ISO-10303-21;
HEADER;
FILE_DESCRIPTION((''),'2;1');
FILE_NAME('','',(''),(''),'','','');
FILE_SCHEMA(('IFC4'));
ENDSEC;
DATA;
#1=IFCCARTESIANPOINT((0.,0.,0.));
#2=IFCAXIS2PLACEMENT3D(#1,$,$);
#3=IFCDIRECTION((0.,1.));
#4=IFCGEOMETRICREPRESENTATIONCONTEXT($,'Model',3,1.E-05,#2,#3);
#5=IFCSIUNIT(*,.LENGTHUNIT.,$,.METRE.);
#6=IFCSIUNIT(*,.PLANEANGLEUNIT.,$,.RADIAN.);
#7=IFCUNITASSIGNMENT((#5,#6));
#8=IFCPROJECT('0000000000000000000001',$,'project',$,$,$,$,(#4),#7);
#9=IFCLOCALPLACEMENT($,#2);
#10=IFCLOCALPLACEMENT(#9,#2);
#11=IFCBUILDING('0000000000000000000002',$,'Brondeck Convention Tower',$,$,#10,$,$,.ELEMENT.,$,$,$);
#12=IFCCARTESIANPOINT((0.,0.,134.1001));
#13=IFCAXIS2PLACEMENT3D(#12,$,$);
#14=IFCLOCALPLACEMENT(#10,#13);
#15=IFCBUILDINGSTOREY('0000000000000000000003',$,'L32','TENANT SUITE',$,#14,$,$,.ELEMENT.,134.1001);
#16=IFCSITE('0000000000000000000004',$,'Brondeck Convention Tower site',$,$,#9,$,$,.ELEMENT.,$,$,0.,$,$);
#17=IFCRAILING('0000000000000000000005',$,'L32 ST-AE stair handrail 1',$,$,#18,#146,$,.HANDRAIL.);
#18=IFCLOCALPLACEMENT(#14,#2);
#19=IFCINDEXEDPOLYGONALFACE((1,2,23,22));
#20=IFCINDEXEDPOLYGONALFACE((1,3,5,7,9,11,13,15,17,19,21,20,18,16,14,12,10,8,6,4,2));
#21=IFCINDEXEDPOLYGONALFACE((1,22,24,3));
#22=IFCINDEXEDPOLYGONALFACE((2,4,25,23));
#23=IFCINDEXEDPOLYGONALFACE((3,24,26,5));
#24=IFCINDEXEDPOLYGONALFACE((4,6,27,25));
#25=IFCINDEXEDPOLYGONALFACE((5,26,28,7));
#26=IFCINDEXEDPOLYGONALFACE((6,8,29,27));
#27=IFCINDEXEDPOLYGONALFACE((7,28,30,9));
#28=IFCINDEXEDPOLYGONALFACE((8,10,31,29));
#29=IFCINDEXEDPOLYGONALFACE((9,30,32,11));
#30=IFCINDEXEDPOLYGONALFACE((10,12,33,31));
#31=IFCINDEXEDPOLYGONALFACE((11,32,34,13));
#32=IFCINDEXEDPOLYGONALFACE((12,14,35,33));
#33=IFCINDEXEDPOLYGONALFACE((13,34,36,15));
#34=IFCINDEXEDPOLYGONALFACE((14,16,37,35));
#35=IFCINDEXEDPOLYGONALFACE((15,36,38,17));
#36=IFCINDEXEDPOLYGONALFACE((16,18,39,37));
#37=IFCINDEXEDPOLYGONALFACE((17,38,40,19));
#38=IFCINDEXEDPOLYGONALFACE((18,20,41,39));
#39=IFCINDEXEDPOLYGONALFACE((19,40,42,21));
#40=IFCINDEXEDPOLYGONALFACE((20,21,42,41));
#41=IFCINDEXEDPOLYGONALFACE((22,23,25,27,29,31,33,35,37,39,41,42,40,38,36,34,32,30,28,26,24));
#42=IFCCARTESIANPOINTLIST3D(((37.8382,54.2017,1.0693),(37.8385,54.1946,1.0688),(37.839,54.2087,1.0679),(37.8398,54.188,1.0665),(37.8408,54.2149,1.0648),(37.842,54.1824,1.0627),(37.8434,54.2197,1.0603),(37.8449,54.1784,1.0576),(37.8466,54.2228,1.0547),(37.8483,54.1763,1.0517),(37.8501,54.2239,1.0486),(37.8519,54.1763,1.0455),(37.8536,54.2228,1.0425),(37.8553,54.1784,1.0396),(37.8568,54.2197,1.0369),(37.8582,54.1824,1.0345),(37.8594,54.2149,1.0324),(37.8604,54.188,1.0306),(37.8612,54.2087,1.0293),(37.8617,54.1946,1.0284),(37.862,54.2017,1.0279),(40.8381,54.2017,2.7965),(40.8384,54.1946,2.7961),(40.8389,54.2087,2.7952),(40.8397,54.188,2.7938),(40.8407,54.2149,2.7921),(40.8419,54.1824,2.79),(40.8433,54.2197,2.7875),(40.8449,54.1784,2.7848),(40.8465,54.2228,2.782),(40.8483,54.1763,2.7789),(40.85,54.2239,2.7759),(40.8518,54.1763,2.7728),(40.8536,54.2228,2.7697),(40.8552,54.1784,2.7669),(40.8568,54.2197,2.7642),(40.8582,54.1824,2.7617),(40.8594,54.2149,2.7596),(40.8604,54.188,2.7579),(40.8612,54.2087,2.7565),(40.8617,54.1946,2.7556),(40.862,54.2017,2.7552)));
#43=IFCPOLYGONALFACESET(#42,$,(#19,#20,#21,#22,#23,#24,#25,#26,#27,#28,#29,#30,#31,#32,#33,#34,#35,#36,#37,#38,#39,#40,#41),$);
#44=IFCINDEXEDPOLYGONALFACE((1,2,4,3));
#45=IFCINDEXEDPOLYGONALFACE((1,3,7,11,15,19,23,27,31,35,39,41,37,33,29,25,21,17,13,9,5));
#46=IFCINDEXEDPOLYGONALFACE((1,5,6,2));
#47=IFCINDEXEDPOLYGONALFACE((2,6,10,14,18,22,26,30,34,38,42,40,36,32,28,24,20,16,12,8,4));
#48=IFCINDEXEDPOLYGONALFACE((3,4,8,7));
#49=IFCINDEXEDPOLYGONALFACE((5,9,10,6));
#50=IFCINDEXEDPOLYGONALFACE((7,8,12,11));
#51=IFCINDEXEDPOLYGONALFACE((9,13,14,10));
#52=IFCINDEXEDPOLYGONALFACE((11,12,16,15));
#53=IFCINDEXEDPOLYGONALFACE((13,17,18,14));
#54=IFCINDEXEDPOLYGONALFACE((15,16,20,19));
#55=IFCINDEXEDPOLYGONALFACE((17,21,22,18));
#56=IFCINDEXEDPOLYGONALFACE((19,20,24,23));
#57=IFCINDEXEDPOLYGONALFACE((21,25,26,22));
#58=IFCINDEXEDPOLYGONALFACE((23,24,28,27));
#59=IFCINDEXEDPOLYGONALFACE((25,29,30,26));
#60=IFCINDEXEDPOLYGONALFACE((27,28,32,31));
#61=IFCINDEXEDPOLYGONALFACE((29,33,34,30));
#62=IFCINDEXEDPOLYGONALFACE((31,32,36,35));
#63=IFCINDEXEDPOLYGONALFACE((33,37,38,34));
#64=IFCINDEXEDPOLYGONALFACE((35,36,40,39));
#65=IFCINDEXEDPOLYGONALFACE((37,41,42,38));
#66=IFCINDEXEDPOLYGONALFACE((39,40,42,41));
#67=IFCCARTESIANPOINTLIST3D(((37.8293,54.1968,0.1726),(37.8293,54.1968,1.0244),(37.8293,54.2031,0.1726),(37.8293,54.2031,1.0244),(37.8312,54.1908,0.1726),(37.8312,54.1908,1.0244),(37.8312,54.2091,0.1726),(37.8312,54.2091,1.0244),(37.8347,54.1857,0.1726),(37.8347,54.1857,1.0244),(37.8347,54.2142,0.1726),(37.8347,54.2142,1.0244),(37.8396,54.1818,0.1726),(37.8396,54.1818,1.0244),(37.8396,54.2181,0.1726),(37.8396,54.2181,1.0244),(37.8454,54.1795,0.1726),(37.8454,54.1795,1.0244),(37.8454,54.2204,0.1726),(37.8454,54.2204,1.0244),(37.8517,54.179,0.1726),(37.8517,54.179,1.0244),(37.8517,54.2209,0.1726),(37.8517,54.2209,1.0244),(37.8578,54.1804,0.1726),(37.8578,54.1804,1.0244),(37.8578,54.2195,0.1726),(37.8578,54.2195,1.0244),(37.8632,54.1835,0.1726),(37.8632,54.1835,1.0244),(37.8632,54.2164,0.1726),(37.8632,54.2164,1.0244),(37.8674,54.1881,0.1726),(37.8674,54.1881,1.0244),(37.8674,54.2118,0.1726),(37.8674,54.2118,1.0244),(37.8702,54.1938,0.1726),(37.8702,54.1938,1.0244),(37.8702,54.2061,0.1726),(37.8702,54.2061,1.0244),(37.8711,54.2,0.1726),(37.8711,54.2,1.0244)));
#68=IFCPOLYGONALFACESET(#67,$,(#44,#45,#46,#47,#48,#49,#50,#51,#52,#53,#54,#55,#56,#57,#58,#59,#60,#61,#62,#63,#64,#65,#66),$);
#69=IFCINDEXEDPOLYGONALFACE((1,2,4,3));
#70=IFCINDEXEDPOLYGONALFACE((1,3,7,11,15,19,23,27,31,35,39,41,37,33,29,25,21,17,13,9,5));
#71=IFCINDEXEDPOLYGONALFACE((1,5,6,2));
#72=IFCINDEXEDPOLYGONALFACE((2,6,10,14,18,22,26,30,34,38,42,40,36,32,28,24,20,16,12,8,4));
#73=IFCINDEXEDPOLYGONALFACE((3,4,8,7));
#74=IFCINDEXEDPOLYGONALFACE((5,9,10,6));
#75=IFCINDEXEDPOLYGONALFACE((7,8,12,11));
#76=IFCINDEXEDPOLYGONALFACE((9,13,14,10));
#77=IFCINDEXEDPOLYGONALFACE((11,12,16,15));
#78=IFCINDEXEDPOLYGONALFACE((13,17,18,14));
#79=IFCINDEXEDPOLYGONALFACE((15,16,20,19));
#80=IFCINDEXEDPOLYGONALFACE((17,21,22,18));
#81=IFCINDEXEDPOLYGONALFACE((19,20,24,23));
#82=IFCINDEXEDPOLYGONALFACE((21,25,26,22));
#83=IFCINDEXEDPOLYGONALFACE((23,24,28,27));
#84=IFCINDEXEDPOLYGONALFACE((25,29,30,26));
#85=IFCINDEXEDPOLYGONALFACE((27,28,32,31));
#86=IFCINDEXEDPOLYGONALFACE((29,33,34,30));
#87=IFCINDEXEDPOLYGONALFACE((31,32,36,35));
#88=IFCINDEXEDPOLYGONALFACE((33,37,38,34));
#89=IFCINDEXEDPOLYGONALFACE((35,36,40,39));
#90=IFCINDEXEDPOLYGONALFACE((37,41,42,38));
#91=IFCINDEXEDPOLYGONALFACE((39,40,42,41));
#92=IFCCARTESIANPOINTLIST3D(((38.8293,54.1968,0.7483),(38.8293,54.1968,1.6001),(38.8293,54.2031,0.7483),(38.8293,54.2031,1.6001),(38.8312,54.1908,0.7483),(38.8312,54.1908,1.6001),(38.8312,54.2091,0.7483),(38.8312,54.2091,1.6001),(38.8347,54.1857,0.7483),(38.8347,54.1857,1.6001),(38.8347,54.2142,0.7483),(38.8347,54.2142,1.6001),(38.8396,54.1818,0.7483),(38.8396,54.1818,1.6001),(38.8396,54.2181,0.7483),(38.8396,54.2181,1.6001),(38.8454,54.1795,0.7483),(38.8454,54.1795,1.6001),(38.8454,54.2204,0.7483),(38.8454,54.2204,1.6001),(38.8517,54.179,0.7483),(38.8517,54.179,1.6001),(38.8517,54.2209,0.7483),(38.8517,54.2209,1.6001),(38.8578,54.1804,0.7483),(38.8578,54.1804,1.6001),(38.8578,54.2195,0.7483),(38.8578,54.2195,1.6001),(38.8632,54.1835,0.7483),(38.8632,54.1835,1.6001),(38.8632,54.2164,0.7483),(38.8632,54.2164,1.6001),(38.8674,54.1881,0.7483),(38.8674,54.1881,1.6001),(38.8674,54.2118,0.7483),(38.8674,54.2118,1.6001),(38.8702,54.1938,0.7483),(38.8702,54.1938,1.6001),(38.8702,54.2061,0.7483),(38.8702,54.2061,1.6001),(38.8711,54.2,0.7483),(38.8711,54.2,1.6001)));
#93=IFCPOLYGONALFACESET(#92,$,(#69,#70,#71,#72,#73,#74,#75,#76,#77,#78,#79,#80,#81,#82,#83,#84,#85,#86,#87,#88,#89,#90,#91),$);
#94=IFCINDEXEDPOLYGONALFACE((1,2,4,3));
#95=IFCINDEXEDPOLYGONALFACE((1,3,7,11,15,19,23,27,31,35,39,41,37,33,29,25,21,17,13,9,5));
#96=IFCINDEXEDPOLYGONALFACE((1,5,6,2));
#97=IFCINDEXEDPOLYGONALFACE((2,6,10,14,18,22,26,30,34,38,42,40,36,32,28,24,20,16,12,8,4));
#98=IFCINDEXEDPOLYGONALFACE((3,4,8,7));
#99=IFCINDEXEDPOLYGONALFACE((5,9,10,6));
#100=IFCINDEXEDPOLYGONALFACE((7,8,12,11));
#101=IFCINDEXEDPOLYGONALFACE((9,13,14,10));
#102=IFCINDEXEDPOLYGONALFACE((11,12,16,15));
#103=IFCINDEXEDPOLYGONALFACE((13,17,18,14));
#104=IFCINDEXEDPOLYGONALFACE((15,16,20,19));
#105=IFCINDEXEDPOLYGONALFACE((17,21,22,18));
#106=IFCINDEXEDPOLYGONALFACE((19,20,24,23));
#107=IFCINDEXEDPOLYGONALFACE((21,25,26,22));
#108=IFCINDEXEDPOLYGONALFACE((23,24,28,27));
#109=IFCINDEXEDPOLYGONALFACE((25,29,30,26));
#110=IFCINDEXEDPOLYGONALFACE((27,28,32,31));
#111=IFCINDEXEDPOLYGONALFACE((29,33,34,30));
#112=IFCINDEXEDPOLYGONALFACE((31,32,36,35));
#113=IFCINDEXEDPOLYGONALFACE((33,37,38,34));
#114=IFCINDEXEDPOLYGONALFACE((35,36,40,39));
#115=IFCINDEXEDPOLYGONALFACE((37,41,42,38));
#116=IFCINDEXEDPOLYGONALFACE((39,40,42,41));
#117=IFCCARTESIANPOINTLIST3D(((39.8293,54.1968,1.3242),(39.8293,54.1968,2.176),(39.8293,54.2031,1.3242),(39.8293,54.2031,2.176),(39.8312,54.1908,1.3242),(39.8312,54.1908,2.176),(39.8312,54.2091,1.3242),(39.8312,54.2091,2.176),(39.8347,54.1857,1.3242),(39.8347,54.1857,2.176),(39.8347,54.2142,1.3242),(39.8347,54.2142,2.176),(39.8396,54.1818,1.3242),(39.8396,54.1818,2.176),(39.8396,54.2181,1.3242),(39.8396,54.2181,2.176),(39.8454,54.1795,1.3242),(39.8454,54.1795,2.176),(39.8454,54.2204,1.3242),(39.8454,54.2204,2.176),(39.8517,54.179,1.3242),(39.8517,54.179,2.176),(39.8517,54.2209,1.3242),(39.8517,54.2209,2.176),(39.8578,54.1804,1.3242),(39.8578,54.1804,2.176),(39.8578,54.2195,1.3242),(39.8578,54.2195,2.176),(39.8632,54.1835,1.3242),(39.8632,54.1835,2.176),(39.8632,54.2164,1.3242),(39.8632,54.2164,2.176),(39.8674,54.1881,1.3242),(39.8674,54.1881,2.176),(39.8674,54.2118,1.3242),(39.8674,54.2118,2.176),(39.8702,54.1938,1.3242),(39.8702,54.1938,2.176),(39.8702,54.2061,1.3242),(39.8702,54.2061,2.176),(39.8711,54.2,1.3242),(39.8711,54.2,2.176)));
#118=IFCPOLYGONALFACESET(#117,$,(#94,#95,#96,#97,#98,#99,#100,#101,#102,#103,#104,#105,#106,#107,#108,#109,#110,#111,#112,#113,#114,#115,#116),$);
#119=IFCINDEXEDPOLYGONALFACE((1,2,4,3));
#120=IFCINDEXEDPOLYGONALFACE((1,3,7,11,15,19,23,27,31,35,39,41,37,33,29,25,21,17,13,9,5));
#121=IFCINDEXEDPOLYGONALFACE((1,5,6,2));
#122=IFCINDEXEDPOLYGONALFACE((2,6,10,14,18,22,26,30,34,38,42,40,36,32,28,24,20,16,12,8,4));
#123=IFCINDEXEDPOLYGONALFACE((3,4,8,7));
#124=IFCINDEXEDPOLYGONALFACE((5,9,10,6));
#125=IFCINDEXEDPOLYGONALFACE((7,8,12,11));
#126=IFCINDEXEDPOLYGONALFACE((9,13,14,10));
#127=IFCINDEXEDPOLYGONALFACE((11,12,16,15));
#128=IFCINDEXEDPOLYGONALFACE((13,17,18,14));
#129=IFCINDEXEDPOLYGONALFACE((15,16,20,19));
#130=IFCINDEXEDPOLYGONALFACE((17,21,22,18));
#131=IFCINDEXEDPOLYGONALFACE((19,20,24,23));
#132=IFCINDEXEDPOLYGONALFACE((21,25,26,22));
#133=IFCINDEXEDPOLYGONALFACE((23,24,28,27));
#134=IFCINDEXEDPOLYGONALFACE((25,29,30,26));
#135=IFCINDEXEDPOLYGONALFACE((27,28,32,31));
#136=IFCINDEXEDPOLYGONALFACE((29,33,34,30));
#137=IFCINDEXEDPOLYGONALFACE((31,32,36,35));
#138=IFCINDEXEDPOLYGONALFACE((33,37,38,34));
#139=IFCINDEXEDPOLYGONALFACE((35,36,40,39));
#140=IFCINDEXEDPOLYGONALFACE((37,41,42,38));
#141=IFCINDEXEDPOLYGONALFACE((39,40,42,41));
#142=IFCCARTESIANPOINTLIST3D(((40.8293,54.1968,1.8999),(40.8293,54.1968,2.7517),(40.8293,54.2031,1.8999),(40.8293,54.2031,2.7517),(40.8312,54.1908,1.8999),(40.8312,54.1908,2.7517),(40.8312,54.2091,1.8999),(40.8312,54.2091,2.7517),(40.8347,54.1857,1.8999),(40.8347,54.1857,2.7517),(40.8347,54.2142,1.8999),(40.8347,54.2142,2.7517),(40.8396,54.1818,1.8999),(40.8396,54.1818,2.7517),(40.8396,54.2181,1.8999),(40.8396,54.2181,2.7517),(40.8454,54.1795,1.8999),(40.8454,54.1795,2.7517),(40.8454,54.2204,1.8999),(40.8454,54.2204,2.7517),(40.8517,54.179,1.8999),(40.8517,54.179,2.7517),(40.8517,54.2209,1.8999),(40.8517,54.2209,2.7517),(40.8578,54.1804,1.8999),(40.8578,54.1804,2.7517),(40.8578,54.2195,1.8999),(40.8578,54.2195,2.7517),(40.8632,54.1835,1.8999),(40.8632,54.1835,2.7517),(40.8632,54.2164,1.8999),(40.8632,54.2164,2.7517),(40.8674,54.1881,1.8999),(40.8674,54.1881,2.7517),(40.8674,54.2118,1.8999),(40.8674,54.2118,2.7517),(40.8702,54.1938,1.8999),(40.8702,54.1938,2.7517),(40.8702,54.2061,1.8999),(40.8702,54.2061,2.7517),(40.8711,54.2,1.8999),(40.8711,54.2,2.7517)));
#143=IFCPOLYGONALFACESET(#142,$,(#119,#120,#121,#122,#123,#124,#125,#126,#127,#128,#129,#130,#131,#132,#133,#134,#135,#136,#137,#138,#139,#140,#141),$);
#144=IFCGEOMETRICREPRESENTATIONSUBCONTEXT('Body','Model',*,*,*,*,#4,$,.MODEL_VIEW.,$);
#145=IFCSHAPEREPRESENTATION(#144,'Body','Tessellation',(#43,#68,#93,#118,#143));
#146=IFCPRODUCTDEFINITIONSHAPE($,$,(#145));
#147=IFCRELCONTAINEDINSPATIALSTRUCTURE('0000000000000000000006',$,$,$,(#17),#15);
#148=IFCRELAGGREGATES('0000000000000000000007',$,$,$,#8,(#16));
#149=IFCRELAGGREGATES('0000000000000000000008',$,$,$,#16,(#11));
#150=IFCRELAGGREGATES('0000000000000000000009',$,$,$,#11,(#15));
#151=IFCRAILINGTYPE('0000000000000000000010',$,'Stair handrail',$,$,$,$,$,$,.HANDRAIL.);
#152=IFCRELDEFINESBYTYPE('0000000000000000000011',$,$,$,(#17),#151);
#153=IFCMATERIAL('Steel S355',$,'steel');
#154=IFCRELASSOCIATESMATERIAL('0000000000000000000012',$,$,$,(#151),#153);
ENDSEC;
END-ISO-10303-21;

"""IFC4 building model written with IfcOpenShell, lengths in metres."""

from ifc_helpers import new_model, si_unit, direction, frame, origin, origin_2d, place, context, subcontext, project, spatial, circle, extrude, material, type_object, element, save


model = new_model("IFC4")

# Units and contexts
model_context = context("Model", 3, precision=1e-05, world=origin(), true_north=direction((0.0, 1.0)))
body_context = subcontext(model_context, "Body", "Model", "MODEL_VIEW")
ifc_project = project(units=[si_unit("LENGTHUNIT", "METRE"), si_unit("PLANEANGLEUNIT", "RADIAN")], contexts=[model_context])

# Site, building, storey
site_placement = place(None, origin())
site = spatial("IfcSite", under=ifc_project, at=site_placement, Name="Brondeck Convention Tower site", CompositionType="ELEMENT", RefElevation=0.0)
building_placement = place(site_placement, origin())
building = spatial("IfcBuilding", under=site, at=building_placement, Name="Brondeck Convention Tower", CompositionType="ELEMENT")
storey_placement = place(building_placement, frame((0.0, 0.0, 134.1001)))
storey = spatial("IfcBuildingStorey", under=building, at=storey_placement, Name="L32", Description="TENANT SUITE", CompositionType="ELEMENT", Elevation=134.1001)

# Shared definitions
ifc_material_1 = material(Name="Steel S355", Category="steel")

# Railing
railing_type_1 = type_object("IfcRailingType", Name="Stair handrail", PredefinedType="HANDRAIL", material=ifc_material_1)
railing_1_placement = place(storey_placement, frame((37.8501, 54.2, 0.1726)))
element("IfcRailing", 1, at=railing_1_placement, inside=storey, type_object=railing_type_1, Name="L32 ST-AE stair handrail 1", PredefinedType="HANDRAIL", context=body_context, shape_type="SweptSolid", body=[
    extrude(circle(Radius=0.0239, at=origin_2d()), frame((0.0, 0.0, 0.876), z_axis=(0.86662, 0.0, 0.498969), x_axis=(0.0, 1.0, 0.0)), (0.0, 0.0, 1.0), 3.4617),
    extrude(circle(Radius=0.021, at=origin_2d()), origin(), (0.0, 0.0, 1.0), 0.8518),
    extrude(circle(Radius=0.021, at=origin_2d()), frame((1.0, 0.0, 0.5757)), (0.0, 0.0, 1.0), 0.8518),
    extrude(circle(Radius=0.021, at=origin_2d()), frame((2.0, 0.0, 1.1516)), (0.0, 0.0, 1.0), 0.8518),
    extrude(circle(Radius=0.021, at=origin_2d()), frame((3.0, 0.0, 1.7273)), (0.0, 0.0, 1.0), 0.8518),
])

save(model, "model.ifc")
